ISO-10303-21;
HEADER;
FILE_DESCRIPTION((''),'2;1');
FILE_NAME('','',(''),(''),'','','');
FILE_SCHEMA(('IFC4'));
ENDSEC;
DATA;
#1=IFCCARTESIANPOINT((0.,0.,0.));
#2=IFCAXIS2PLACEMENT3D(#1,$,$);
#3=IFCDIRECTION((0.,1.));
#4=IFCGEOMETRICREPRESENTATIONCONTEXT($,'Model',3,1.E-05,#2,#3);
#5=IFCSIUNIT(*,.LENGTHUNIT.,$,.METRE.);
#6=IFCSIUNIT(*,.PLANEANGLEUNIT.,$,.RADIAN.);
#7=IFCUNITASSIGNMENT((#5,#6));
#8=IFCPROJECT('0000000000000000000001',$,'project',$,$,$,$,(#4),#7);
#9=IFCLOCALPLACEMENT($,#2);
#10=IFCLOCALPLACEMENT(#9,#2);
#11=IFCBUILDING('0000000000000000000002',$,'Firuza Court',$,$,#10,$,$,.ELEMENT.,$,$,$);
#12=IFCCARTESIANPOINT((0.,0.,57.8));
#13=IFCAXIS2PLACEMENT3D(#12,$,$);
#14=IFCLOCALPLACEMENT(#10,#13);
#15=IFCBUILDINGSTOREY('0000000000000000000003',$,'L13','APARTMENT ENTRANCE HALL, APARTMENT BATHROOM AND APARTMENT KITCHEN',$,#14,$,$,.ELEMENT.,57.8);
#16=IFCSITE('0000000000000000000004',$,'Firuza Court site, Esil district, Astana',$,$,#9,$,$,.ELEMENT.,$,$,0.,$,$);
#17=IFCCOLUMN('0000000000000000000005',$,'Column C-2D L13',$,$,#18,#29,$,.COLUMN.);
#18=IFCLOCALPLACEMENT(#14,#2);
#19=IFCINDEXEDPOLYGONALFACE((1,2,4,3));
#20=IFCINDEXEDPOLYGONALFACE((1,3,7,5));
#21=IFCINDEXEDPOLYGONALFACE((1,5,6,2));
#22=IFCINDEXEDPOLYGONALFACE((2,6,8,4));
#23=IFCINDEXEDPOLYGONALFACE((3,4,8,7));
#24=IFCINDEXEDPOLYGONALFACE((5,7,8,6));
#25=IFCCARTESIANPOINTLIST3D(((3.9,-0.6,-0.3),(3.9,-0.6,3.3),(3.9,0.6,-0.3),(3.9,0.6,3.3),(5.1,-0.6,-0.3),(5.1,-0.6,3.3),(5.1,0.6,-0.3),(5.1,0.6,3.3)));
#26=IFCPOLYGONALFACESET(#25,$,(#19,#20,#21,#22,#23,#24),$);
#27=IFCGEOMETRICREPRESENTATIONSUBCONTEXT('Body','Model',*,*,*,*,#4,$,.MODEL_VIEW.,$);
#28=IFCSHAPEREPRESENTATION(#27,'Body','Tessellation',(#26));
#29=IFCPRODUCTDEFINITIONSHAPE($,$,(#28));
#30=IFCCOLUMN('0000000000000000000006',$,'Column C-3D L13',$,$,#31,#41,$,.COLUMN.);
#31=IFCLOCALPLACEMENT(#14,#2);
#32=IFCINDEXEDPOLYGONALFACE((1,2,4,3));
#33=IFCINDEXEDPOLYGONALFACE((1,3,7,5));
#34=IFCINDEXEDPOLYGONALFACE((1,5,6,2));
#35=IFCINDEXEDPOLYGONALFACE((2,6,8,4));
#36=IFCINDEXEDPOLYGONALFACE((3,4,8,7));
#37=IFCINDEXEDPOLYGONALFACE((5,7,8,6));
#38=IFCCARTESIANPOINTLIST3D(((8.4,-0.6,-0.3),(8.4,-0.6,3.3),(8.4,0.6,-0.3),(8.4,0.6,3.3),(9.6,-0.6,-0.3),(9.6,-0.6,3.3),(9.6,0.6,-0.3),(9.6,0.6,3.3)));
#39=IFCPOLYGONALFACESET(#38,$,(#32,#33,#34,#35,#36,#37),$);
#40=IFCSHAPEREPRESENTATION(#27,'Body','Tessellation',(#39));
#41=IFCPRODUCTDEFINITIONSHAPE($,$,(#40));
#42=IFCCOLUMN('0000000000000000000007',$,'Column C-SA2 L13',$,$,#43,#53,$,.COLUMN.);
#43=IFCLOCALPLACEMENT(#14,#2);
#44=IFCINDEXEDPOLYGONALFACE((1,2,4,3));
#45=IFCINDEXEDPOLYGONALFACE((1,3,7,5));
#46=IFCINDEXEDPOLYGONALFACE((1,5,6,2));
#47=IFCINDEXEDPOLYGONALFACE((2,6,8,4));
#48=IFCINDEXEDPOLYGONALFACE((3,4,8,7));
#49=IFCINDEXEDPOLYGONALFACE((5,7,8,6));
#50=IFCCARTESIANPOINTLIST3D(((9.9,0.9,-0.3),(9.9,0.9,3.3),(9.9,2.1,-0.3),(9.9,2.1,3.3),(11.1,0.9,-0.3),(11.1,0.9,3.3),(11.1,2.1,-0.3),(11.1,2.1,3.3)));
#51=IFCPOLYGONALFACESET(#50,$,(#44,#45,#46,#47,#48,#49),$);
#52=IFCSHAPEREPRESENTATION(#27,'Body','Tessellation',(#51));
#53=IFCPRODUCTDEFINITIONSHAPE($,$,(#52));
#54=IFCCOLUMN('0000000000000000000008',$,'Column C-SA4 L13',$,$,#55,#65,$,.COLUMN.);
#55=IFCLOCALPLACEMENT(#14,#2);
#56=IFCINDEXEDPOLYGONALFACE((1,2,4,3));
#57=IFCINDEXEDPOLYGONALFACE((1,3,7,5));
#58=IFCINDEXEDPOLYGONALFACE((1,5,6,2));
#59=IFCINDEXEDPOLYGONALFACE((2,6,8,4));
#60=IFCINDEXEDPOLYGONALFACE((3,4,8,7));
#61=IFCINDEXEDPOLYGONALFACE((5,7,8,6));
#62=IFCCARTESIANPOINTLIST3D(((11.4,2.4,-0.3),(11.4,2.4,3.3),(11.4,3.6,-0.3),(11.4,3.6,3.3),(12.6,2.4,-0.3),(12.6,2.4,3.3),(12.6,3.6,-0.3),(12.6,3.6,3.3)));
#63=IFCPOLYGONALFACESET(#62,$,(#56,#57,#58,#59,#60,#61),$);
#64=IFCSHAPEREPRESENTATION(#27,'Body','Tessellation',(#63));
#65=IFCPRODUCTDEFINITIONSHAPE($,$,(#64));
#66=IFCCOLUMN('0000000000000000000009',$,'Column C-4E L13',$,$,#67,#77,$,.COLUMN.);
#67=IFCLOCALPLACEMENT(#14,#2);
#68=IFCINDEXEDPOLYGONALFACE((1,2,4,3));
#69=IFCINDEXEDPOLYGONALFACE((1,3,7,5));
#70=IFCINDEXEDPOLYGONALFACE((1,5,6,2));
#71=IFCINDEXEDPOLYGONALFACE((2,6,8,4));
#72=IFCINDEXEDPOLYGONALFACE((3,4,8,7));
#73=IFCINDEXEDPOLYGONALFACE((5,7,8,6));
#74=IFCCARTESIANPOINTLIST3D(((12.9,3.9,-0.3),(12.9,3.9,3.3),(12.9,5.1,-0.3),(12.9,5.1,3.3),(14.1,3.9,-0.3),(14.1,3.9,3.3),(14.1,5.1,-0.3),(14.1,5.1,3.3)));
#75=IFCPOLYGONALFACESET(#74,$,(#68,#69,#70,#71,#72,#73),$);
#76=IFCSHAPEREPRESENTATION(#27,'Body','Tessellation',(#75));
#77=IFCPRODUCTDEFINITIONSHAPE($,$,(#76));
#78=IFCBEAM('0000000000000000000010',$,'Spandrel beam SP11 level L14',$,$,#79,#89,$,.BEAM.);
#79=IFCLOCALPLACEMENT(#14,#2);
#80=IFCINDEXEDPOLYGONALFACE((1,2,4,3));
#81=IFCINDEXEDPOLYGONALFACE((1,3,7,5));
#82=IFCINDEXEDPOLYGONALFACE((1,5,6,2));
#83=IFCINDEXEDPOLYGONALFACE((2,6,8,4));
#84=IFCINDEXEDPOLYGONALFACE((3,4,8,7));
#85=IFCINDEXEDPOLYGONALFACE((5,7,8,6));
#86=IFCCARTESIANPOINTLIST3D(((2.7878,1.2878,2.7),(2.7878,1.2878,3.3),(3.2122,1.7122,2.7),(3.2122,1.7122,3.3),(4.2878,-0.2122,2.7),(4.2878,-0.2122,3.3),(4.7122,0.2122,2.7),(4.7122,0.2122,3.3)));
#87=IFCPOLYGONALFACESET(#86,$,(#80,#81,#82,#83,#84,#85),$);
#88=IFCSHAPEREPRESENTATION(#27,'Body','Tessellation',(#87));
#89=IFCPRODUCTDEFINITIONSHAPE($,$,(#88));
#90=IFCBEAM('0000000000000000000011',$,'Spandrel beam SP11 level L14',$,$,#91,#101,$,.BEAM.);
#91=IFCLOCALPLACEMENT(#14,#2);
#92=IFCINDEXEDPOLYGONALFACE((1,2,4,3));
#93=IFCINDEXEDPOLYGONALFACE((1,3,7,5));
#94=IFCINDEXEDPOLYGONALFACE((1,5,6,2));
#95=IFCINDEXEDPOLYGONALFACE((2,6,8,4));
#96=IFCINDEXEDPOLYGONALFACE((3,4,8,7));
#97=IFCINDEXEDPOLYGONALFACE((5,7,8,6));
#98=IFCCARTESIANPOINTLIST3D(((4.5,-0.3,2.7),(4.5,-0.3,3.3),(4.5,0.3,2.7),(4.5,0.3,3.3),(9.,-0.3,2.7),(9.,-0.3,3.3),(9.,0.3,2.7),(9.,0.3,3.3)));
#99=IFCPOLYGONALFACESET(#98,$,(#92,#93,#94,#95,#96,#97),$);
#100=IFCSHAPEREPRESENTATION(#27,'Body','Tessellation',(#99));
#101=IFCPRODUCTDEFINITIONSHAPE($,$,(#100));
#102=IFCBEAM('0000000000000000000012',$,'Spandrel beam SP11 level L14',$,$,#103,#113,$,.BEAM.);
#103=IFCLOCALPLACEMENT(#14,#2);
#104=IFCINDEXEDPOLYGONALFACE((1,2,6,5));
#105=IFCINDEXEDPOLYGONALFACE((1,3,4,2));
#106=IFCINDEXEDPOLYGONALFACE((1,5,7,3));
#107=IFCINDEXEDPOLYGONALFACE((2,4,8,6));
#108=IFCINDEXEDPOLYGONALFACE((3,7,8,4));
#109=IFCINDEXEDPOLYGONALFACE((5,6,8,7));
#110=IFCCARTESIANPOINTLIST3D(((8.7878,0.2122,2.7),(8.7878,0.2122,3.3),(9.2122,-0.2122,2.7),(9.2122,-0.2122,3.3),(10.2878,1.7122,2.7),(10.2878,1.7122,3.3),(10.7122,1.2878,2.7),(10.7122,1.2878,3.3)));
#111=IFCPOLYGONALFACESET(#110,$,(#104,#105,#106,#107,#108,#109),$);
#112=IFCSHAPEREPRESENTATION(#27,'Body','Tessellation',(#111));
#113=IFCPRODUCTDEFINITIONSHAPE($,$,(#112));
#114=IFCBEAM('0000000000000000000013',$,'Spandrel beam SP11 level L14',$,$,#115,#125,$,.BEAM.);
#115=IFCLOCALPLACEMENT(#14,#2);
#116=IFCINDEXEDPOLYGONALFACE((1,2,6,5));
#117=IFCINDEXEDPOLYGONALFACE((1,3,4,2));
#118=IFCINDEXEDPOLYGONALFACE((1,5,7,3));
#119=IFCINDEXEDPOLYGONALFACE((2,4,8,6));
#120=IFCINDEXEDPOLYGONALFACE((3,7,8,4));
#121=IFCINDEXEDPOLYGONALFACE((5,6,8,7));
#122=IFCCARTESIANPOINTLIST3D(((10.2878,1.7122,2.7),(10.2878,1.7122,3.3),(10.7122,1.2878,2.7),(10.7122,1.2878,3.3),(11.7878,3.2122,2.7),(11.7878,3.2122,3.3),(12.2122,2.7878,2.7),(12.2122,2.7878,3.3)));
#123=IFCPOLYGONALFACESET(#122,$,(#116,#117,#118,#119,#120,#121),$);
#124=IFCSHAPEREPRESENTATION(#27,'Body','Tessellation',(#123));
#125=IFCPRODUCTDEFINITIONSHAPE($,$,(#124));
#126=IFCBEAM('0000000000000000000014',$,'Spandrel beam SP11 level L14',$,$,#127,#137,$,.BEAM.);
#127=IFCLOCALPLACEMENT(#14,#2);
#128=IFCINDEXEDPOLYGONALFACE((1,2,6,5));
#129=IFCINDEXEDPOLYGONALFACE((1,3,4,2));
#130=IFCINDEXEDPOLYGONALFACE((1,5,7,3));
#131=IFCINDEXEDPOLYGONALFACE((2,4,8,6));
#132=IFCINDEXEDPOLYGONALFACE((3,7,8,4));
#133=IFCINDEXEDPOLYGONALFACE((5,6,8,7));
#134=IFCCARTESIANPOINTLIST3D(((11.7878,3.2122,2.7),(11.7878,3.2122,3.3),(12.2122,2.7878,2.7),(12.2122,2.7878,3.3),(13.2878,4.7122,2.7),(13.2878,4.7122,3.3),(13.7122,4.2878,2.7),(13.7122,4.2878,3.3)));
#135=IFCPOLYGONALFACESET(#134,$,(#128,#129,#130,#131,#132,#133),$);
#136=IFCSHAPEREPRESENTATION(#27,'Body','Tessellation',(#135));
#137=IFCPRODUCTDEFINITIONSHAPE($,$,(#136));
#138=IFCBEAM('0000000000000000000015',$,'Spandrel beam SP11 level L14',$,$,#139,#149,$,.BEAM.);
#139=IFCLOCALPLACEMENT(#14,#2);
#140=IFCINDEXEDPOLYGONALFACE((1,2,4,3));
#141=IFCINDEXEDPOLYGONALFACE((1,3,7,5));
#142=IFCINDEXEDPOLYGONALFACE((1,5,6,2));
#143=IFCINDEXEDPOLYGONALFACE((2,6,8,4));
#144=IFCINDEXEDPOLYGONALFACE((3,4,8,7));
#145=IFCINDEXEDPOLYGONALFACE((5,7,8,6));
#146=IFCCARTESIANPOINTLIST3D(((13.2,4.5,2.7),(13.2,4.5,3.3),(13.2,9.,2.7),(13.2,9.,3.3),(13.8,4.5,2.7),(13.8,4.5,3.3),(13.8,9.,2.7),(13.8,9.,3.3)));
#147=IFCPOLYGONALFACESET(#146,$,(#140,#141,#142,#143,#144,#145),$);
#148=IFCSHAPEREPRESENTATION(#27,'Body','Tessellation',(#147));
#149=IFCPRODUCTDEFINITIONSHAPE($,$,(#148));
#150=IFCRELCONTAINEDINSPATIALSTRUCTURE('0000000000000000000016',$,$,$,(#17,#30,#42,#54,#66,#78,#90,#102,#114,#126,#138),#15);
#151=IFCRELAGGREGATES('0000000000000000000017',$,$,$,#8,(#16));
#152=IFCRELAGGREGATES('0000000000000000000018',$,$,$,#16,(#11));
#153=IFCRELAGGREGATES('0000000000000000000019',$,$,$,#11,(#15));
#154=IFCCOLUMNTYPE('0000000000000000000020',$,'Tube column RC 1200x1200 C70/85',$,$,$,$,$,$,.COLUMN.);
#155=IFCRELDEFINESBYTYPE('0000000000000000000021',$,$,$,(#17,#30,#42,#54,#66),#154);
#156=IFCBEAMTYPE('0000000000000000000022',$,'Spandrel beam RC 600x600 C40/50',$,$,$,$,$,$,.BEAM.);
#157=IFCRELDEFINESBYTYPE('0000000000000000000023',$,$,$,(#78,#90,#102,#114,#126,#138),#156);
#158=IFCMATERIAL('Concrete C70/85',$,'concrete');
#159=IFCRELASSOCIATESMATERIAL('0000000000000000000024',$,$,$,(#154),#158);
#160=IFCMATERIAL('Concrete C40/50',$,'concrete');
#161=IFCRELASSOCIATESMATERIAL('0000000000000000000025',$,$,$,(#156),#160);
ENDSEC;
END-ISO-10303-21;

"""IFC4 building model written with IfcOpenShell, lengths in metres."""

from ifc_helpers import new_model, si_unit, direction, frame, origin, origin_2d, place, context, subcontext, project, spatial, rectangle, extrude, material, material_profile, profile_set, type_object, element, save


model = new_model("IFC4")

# Units and contexts
model_context = context("Model", 3, precision=1e-05, world=origin(), true_north=direction((0.0, 1.0)))
body_context = subcontext(model_context, "Body", "Model", "MODEL_VIEW")
ifc_project = project(units=[si_unit("LENGTHUNIT", "METRE"), si_unit("PLANEANGLEUNIT", "RADIAN")], contexts=[model_context])

# Site, building, storey
site_placement = place(None, origin())
site = spatial("IfcSite", under=ifc_project, at=site_placement, Name="Firuza Court site, Esil district, Astana", CompositionType="ELEMENT", RefElevation=0.0)
building_placement = place(site_placement, origin())
building = spatial("IfcBuilding", under=site, at=building_placement, Name="Firuza Court", CompositionType="ELEMENT")
storey_placement = place(building_placement, frame((0.0, 0.0, 57.8)))
storey = spatial("IfcBuildingStorey", under=building, at=storey_placement, Name="L13", Description="APARTMENT ENTRANCE HALL, APARTMENT BATHROOM AND APARTMENT KITCHEN", CompositionType="ELEMENT", Elevation=57.8)

# Columns
ifc_material_1 = material(Name="Concrete C70/85", Category="concrete")
ifc_material_profile_1 = material_profile(ifc_material_1, rectangle(XDim=1.2, YDim=1.2, at=origin_2d()), Name="RC 1200x1200")
ifc_profile_set_1 = profile_set([ifc_material_profile_1], Name="Concrete C70/85")
column_type = type_object("IfcColumnType", Name="Tube column RC 1200x1200 C70/85", PredefinedType="COLUMN", material=ifc_profile_set_1)
for number, where, z_axis, x_axis, name in (
    (1, (4.5, 0.0, -0.3), (0.0, 0.0, 1.0), (1.0, 0.0, 0.0), "Column C-2D L13"),
    (2, (9.0, 0.0, -0.3), (0.0, 0.0, 1.0), (1.0, 0.0, 0.0), "Column C-3D L13"),
    (3, (10.5, 1.5, -0.3), (0.0, 0.0, 1.0), (1.0, 0.0, 0.0), "Column C-SA2 L13"),
    (4, (12.0, 3.0, -0.3), (0.0, 0.0, 1.0), (1.0, 0.0, 0.0), "Column C-SA4 L13"),
    (5, (13.5, 4.5, -0.3), (0.0, 0.0, 1.0), (1.0, 0.0, 0.0), "Column C-4E L13"),
):
    element("IfcColumn", number, at=place(storey_placement, frame(where, z_axis=z_axis, x_axis=x_axis)), inside=storey, type_object=column_type, Name=name, PredefinedType="COLUMN", context=body_context, shape_type="SweptSolid", body=[
        extrude(rectangle(XDim=1.2, YDim=1.2, at=origin_2d()), origin(), (0.0, 0.0, 1.0), 3.6001),
    ])

# Beams
ifc_material_2 = material(Name="Concrete C40/50", Category="concrete")
ifc_material_profile_2 = material_profile(ifc_material_2, rectangle(XDim=0.6001, YDim=0.6001, at=origin_2d()), Name="RC 600x600")
ifc_profile_set_2 = profile_set([ifc_material_profile_2], Name="Concrete C40/50")
beam_type = type_object("IfcBeamType", Name="Spandrel beam RC 600x600 C40/50", PredefinedType="BEAM", material=ifc_profile_set_2)
beam_1_placement = place(storey_placement, frame((3.0, 1.5, 3.0), z_axis=(0.707107, -0.707107, 0.0), x_axis=(0.707107, 0.707107, 0.0)))
element("IfcBeam", 6, at=beam_1_placement, inside=storey, type_object=beam_type, Name="Spandrel beam SP11 level L14", PredefinedType="BEAM", context=body_context, shape_type="SweptSolid", body=[
    extrude(rectangle(XDim=0.6001, YDim=0.6001, at=origin_2d()), origin(), (0.0, 0.0, 1.0), 2.1213),
])
beam_2_placement = place(storey_placement, frame((4.5, 0.0, 3.0), z_axis=(1.0, 0.0, 0.0), x_axis=(0.0, 1.0, 0.0)))
element("IfcBeam", 7, at=beam_2_placement, inside=storey, type_object=beam_type, Name="Spandrel beam SP11 level L14", PredefinedType="BEAM", context=body_context, shape_type="SweptSolid", body=[
    extrude(rectangle(XDim=0.6001, YDim=0.6001, at=origin_2d()), origin(), (0.0, 0.0, 1.0), 4.5),
])
for number, where, z_axis, x_axis, name in (
    (8, (9.0, 0.0, 3.0), (0.707107, 0.707107, 0.0), (-0.707107, 0.707107, 0.0), "Spandrel beam SP11 level L14"),
    (9, (10.5, 1.5, 3.0), (0.707107, 0.707107, 0.0), (-0.707107, 0.707107, 0.0), "Spandrel beam SP11 level L14"),
    (10, (12.0, 3.0, 3.0), (0.707107, 0.707107, 0.0), (-0.707107, 0.707107, 0.0), "Spandrel beam SP11 level L14"),
):
    element("IfcBeam", number, at=place(storey_placement, frame(where, z_axis=z_axis, x_axis=x_axis)), inside=storey, type_object=beam_type, Name=name, PredefinedType="BEAM", context=body_context, shape_type="SweptSolid", body=[
        extrude(rectangle(XDim=0.6001, YDim=0.6001, at=origin_2d()), origin(), (0.0, 0.0, 1.0), 2.1213),
    ])
beam_3_placement = place(storey_placement, frame((13.5, 4.5, 3.0), z_axis=(0.0, 1.0, 0.0), x_axis=(-1.0, 0.0, 0.0)))
element("IfcBeam", 11, at=beam_3_placement, inside=storey, type_object=beam_type, Name="Spandrel beam SP11 level L14", PredefinedType="BEAM", context=body_context, shape_type="SweptSolid", body=[
    extrude(rectangle(XDim=0.6001, YDim=0.6001, at=origin_2d()), origin(), (0.0, 0.0, 1.0), 4.5),
])

save(model, "model.ifc")
